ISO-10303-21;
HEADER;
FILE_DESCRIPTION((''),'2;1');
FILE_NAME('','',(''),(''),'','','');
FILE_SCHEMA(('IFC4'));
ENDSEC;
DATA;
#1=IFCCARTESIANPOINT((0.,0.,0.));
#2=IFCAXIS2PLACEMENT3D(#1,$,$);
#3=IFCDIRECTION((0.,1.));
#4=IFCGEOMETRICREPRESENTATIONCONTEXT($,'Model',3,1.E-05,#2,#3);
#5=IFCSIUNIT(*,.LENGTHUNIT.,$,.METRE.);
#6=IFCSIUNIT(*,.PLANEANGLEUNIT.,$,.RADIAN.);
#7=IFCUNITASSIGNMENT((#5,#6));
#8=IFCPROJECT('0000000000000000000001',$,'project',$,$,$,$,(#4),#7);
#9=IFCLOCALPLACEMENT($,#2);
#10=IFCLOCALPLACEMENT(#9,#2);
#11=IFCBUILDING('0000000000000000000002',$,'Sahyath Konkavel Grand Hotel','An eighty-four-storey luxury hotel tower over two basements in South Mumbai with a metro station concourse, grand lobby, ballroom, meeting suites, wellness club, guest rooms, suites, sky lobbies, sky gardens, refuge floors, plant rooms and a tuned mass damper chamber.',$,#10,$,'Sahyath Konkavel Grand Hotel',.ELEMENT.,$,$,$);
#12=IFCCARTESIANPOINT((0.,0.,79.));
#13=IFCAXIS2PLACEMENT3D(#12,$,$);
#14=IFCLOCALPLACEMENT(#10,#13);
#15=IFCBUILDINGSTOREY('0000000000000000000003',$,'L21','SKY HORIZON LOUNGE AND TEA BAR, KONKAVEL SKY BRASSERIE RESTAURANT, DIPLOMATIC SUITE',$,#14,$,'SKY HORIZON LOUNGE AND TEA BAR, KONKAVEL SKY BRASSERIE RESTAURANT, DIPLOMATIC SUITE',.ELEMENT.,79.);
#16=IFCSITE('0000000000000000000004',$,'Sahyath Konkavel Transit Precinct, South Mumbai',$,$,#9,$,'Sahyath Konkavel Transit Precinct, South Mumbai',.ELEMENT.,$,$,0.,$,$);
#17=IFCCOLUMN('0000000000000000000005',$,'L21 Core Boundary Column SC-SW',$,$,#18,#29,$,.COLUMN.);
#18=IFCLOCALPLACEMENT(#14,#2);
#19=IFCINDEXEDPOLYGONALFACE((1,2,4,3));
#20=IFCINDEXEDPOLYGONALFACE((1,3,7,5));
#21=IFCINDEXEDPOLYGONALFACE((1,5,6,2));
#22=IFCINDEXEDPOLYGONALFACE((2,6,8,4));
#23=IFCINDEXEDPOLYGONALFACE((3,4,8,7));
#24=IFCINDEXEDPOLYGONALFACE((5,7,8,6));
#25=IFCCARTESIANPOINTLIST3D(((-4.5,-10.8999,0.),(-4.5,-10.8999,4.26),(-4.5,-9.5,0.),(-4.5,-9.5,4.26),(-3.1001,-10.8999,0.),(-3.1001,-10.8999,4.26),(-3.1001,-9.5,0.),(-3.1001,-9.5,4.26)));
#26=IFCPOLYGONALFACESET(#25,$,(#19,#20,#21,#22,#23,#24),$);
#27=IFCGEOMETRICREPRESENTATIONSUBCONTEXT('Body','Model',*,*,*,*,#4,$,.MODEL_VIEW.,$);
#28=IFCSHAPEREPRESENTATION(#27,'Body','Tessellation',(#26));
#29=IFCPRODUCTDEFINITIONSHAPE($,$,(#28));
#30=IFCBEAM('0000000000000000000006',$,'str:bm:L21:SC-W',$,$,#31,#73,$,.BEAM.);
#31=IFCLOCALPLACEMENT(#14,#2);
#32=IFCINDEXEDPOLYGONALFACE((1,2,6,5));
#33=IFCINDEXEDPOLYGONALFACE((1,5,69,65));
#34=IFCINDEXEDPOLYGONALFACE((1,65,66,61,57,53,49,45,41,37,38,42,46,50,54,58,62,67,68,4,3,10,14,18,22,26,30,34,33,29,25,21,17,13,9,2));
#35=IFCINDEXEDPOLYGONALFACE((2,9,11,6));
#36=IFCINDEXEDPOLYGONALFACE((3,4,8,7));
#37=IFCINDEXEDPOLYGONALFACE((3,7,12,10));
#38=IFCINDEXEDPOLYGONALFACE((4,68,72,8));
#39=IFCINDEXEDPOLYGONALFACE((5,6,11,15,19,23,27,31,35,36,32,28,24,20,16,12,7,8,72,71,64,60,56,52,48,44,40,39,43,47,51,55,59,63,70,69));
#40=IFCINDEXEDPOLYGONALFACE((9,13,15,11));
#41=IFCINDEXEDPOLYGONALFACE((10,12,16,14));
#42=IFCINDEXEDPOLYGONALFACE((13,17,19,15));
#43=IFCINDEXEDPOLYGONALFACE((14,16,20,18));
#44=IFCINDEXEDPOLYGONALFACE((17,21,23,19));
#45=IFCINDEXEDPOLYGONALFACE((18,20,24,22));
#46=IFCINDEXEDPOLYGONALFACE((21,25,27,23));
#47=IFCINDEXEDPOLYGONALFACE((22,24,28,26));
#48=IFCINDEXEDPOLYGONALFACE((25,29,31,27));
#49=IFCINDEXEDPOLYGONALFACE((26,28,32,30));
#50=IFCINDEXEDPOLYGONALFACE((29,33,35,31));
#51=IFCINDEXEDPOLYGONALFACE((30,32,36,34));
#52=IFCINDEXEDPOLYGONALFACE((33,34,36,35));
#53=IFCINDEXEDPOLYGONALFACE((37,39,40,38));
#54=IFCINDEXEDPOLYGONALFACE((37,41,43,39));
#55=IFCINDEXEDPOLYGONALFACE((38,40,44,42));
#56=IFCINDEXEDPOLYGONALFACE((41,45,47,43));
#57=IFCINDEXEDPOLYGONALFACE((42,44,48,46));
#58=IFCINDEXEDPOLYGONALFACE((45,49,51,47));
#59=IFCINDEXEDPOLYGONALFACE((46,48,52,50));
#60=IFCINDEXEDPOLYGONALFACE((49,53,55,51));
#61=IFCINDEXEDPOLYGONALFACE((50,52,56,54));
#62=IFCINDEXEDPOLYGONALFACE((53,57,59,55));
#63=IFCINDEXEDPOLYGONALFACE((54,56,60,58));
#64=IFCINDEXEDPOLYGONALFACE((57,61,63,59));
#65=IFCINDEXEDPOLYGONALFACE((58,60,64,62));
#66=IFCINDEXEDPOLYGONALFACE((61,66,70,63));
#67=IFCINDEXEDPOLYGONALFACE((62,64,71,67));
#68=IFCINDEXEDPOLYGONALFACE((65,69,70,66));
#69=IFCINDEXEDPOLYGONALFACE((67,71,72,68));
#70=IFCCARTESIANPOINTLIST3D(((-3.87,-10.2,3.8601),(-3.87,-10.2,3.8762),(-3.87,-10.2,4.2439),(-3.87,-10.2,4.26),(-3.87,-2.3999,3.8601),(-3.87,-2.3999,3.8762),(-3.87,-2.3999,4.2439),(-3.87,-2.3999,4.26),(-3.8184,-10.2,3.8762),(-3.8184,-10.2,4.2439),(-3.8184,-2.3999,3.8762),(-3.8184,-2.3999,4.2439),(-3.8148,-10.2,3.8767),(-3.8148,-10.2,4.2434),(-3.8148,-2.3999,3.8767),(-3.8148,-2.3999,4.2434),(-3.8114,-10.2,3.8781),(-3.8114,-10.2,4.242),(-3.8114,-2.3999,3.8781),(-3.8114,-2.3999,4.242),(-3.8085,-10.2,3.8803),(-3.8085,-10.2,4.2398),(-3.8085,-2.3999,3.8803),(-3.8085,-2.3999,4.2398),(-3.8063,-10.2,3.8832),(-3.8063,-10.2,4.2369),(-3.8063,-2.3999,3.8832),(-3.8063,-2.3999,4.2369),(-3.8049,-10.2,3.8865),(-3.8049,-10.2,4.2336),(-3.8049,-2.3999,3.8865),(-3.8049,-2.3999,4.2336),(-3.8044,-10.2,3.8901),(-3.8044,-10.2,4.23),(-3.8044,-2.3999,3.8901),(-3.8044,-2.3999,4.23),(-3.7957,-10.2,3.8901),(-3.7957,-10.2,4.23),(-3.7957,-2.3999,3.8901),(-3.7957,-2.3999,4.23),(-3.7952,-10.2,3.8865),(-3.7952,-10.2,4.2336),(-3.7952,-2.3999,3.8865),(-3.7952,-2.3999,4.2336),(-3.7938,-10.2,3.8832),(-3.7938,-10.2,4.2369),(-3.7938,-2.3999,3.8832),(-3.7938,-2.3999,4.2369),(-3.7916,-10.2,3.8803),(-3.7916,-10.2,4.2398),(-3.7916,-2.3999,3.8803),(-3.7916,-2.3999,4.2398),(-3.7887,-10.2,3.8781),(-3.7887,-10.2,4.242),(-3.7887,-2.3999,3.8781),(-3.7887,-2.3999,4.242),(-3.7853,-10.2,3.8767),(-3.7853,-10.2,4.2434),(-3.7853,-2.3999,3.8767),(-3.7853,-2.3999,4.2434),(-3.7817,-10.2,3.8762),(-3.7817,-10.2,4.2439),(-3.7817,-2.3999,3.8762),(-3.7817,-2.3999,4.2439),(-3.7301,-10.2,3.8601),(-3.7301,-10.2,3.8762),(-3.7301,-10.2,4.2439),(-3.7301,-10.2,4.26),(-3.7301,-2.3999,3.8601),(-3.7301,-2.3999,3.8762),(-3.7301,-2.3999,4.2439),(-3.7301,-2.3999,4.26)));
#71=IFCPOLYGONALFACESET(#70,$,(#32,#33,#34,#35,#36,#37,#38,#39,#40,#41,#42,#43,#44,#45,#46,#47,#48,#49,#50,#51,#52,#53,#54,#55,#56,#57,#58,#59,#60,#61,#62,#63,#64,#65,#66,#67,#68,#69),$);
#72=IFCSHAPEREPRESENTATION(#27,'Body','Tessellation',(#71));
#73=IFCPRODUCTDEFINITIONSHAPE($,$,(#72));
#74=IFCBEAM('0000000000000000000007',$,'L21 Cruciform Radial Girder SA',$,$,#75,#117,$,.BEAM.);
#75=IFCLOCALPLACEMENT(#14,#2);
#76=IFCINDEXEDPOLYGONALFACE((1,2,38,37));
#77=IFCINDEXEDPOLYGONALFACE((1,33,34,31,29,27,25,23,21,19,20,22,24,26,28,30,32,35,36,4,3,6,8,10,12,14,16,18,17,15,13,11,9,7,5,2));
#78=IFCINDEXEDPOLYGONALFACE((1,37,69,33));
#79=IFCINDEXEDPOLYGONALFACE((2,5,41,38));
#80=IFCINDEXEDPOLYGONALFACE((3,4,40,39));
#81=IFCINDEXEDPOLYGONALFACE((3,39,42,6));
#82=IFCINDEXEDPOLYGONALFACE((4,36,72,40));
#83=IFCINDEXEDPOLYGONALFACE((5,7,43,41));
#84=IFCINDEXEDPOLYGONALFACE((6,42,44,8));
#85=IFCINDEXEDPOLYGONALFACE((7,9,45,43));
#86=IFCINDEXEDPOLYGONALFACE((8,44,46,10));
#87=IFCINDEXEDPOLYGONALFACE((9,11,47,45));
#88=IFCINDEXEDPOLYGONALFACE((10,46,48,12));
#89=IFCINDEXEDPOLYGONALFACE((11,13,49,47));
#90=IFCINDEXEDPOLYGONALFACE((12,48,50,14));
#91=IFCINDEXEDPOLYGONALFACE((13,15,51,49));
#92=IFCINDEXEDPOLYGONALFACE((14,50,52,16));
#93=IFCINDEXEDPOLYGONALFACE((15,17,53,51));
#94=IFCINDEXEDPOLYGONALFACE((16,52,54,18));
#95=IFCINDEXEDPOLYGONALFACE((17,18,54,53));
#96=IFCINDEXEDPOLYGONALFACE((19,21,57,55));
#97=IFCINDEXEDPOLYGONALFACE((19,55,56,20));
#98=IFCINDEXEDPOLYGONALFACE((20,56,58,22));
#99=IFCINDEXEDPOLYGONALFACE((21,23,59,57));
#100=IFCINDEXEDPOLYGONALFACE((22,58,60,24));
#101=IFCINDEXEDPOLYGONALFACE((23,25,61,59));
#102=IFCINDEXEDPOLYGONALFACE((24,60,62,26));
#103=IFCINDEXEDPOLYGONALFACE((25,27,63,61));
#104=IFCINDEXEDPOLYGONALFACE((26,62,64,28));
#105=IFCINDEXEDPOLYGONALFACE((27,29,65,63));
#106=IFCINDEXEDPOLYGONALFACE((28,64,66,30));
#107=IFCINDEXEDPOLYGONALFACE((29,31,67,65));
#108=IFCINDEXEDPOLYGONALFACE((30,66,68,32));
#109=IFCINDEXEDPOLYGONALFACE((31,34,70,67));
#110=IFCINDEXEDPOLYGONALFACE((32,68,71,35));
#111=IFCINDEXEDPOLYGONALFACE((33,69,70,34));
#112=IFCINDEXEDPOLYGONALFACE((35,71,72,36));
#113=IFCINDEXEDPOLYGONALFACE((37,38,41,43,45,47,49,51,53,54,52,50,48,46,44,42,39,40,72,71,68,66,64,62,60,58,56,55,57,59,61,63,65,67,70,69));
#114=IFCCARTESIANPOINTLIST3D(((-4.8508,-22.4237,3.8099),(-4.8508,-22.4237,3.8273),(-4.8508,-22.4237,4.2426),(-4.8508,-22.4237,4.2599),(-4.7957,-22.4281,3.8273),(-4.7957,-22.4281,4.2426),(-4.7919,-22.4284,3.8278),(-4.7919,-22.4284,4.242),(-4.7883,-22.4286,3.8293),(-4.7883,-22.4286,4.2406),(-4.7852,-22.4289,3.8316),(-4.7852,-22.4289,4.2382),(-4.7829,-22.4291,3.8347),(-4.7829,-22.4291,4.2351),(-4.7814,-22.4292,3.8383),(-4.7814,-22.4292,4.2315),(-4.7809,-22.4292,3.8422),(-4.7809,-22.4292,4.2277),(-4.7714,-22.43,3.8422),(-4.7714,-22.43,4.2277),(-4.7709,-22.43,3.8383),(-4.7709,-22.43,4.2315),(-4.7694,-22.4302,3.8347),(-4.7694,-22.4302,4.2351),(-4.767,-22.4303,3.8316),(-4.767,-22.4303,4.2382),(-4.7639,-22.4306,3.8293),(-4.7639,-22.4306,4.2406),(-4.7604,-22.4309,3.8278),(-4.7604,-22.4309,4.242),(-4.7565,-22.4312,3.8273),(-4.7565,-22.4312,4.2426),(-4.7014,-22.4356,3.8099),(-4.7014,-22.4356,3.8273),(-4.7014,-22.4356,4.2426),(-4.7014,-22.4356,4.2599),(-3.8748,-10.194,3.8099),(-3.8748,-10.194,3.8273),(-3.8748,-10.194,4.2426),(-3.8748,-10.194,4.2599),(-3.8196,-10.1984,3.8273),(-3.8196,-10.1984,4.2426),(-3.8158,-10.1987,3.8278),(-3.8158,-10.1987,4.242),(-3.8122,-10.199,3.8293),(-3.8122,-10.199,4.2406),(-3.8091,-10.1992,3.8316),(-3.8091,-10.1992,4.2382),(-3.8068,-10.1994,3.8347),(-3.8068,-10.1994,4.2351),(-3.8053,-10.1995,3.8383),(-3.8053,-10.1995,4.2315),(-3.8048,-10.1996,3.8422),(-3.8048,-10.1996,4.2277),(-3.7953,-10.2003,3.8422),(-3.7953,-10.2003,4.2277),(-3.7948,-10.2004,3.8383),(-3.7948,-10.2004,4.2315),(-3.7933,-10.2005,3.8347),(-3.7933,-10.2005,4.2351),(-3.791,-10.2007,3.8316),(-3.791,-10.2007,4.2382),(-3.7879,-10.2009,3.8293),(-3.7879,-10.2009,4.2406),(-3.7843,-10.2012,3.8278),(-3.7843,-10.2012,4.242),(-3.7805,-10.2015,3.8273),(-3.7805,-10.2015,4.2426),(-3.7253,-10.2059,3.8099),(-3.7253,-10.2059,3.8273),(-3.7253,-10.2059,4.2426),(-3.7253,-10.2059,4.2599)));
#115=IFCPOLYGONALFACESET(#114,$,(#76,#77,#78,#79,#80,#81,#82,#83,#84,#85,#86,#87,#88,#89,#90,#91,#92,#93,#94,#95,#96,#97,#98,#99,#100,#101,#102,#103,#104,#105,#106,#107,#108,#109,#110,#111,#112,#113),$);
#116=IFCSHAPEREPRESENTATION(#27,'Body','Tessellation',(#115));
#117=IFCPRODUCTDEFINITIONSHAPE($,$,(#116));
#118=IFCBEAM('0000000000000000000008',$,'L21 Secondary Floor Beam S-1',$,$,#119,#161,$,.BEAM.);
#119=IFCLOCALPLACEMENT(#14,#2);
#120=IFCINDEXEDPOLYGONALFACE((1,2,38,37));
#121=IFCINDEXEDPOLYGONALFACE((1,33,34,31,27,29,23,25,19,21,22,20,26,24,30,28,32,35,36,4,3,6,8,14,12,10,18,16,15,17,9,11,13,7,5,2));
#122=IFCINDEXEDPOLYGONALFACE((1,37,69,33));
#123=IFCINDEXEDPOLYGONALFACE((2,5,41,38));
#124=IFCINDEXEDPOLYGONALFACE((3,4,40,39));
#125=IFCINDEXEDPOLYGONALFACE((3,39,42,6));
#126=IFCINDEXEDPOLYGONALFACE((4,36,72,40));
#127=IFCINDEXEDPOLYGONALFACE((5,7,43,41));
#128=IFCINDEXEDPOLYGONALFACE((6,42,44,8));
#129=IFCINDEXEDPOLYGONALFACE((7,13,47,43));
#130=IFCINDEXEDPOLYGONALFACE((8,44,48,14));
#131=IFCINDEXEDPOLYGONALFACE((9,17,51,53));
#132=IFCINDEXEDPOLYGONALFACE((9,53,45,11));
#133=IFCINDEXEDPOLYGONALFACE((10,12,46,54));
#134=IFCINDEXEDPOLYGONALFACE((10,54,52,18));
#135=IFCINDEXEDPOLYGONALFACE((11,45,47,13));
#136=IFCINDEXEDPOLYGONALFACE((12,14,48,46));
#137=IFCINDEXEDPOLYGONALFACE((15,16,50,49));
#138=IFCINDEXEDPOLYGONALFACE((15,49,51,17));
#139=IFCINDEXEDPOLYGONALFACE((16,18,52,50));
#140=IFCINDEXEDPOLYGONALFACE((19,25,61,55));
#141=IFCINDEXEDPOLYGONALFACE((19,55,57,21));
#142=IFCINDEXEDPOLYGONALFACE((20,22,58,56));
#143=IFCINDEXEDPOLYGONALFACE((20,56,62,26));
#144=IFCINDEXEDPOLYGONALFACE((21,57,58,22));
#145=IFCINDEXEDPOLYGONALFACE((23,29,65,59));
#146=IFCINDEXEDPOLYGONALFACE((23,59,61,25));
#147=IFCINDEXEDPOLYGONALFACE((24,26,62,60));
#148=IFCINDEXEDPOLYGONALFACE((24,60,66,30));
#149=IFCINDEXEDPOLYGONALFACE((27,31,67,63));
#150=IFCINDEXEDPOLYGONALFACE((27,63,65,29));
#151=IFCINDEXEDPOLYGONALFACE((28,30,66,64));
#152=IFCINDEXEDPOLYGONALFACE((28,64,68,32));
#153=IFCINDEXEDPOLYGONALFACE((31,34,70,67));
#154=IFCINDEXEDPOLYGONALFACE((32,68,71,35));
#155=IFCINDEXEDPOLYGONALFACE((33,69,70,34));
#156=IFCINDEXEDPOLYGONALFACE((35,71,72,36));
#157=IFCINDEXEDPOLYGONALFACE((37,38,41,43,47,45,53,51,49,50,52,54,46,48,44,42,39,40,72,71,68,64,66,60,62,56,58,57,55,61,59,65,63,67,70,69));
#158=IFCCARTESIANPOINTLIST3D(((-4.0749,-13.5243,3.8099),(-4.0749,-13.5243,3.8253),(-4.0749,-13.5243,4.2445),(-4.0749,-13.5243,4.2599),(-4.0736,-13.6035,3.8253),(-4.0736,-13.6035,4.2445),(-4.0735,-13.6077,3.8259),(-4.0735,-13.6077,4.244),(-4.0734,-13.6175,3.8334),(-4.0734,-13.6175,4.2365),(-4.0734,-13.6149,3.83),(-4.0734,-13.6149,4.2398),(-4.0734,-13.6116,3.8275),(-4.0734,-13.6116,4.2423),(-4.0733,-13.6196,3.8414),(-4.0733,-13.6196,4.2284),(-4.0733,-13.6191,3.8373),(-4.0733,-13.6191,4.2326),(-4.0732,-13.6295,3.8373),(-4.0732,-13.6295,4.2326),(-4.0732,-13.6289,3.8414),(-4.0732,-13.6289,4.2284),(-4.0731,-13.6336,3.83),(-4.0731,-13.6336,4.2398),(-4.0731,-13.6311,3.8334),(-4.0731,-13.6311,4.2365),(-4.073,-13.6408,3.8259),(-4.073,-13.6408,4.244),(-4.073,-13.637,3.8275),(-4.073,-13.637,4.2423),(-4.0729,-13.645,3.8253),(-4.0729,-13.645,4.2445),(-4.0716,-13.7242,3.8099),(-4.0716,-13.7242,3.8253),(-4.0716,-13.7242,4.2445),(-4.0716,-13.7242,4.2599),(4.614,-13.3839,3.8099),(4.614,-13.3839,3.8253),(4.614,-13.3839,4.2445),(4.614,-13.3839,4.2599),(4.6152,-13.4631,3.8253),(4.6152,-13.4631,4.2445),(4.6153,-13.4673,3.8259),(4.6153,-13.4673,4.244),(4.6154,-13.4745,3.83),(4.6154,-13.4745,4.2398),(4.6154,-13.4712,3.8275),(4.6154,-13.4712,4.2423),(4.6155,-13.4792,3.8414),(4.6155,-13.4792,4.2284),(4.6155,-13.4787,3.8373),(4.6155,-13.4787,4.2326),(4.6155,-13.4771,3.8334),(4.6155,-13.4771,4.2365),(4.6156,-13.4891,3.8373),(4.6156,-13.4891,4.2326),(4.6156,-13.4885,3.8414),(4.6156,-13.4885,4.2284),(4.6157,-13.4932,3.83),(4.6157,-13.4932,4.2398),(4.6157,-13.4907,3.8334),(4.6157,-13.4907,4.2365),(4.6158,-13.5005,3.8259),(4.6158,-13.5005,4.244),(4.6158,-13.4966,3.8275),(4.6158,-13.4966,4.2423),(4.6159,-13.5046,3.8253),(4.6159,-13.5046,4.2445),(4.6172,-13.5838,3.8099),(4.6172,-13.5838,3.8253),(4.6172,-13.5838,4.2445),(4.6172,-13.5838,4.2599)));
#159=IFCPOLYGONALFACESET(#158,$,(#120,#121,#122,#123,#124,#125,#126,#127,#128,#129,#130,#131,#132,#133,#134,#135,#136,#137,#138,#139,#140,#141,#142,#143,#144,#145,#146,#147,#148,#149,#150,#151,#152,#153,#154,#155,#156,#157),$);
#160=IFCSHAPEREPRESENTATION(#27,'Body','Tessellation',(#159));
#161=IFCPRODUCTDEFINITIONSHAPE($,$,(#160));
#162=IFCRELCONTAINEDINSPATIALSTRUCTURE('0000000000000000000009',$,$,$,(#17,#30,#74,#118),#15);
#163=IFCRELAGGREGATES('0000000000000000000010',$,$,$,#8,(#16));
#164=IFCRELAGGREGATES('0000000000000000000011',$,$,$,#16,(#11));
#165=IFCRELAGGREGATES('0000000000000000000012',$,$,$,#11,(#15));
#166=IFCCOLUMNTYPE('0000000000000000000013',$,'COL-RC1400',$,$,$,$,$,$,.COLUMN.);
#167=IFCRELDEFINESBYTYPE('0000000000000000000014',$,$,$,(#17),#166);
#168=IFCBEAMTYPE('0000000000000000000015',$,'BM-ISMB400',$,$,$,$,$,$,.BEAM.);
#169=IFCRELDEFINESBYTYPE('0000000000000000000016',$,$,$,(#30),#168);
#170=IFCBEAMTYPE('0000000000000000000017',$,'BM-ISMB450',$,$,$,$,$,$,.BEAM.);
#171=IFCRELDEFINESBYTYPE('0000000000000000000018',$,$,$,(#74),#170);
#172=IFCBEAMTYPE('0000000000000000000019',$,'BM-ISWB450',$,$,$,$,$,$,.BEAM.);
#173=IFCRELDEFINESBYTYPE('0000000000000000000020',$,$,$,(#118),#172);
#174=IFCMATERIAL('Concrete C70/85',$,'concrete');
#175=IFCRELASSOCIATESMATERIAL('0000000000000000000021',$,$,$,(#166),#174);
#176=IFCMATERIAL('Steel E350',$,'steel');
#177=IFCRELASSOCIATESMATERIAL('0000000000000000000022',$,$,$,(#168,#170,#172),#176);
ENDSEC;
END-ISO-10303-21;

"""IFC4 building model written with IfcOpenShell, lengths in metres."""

from ifc_helpers import new_model, si_unit, direction, frame, origin, origin_2d, place, context, subcontext, project, spatial, rectangle, i_section, extrude, source, transform, mapped, material, material_profile, profile_set, type_object, element, save


model = new_model("IFC4")

# Units and contexts
model_context = context("Model", 3, precision=1e-05, world=origin(), true_north=direction((0.0, 1.0)))
body_context = subcontext(model_context, "Body", "Model", "MODEL_VIEW")
ifc_project = project(units=[si_unit("LENGTHUNIT", "METRE"), si_unit("PLANEANGLEUNIT", "RADIAN")], contexts=[model_context])

# Site, building, storey
site_placement = place(None, origin())
site = spatial("IfcSite", under=ifc_project, at=site_placement, Name="Sahyath Konkavel Transit Precinct, South Mumbai", LongName="Sahyath Konkavel Transit Precinct, South Mumbai", CompositionType="ELEMENT", RefElevation=0.0)
building_placement = place(site_placement, origin())
building = spatial("IfcBuilding", under=site, at=building_placement, Name="Sahyath Konkavel Grand Hotel", Description="An eighty-four-storey luxury hotel tower over two basements in South Mumbai with a metro station concourse, grand lobby, ballroom, meeting suites, wellness club, guest rooms, suites, sky lobbies, sky gardens, refuge floors, plant rooms and a tuned mass damper chamber.", LongName="Sahyath Konkavel Grand Hotel", CompositionType="ELEMENT")
storey_placement = place(building_placement, frame((0.0, 0.0, 79.0)))
storey = spatial("IfcBuildingStorey", under=building, at=storey_placement, Name="L21", Description="SKY HORIZON LOUNGE AND TEA BAR, KONKAVEL SKY BRASSERIE RESTAURANT, DIPLOMATIC SUITE", LongName="SKY HORIZON LOUNGE AND TEA BAR, KONKAVEL SKY BRASSERIE RESTAURANT, DIPLOMATIC SUITE", CompositionType="ELEMENT", Elevation=79.0)

# Column
ifc_material_1 = material(Name="Concrete C70/85", Category="concrete")
ifc_material_profile_1 = material_profile(ifc_material_1, rectangle(XDim=1.3999, YDim=1.3999, at=origin_2d()), Name="RC 1400x1400")
ifc_profile_set_1 = profile_set([ifc_material_profile_1], Name="Concrete C70/85")
column_type = type_object("IfcColumnType", Name="COL-RC1400", PredefinedType="COLUMN", material=ifc_profile_set_1)
shared_shape_1 = source(origin(), body_context, "Body", "SweptSolid", [
    extrude(rectangle(XDim=1.3999, YDim=1.3999, at=origin_2d()), origin(), (0.0, 0.0, 1.0), 4.26),
])
column_placement = place(storey_placement, frame((-3.8, -10.2, 0.0), z_axis=(0.0, 0.0, 1.0), x_axis=(1.0, 0.0, 0.0)))
element("IfcColumn", 1, at=column_placement, inside=storey, type_object=column_type, Name="L21 Core Boundary Column SC-SW", PredefinedType="COLUMN", context=body_context, shape_type="MappedRepresentation", body=[
    mapped(shared_shape_1, transform((0.0, 0.0, 0.0), scale=1.0)),
])

# Beams
ifc_material_2 = material(Name="Steel E350", Category="steel")
ifc_material_profile_2 = material_profile(ifc_material_2, i_section(OverallWidth=0.1399, OverallDepth=0.3999, WebThickness=0.0088, FlangeThickness=0.0161, FilletRadius=0.0139, at=origin_2d()), Name="ISMB 400")
ifc_profile_set_2 = profile_set([ifc_material_profile_2], Name="Steel E350")
beam_type_1 = type_object("IfcBeamType", Name="BM-ISMB400", PredefinedType="BEAM", material=ifc_profile_set_2)
shared_shape_2 = source(origin(), body_context, "Body", "SweptSolid", [
    extrude(i_section(OverallWidth=0.1399, OverallDepth=0.3999, WebThickness=0.0088, FlangeThickness=0.0161, FilletRadius=0.0139, at=origin_2d()), origin(), (0.0, 0.0, 1.0), 7.8),
])
beam_1_placement = place(storey_placement, frame((-3.8, -10.2, 4.0601), z_axis=(0.0, 1.0, 0.0), x_axis=(-1.0, 0.0, 0.0)))
element("IfcBeam", 2, at=beam_1_placement, inside=storey, type_object=beam_type_1, Name="str:bm:L21:SC-W", PredefinedType="BEAM", context=body_context, shape_type="MappedRepresentation", body=[
    mapped(shared_shape_2, transform((0.0, 0.0, 0.0), scale=1.0)),
])
ifc_material_profile_3 = material_profile(ifc_material_2, i_section(OverallWidth=0.1499, OverallDepth=0.45, WebThickness=0.0095, FlangeThickness=0.0173, FilletRadius=0.0149, at=origin_2d()), Name="ISMB 450")
ifc_profile_set_3 = profile_set([ifc_material_profile_3], Name="Steel E350")
beam_type_2 = type_object("IfcBeamType", Name="BM-ISMB450", PredefinedType="BEAM", material=ifc_profile_set_3)
shared_shape_3 = source(origin(), body_context, "Body", "SweptSolid", [
    extrude(i_section(OverallWidth=0.1499, OverallDepth=0.45, WebThickness=0.0095, FlangeThickness=0.0173, FilletRadius=0.0149, at=origin_2d()), origin(), (0.0, 0.0, 1.0), 12.2686),
])
beam_2_placement = place(storey_placement, frame((-3.8, -10.2, 4.0349), z_axis=(-0.079559, -0.99683, 0.0), x_axis=(0.99683, -0.079559, 0.0)))
element("IfcBeam", 3, at=beam_2_placement, inside=storey, type_object=beam_type_2, Name="L21 Cruciform Radial Girder SA", PredefinedType="BEAM", context=body_context, shape_type="MappedRepresentation", body=[
    mapped(shared_shape_3, transform((0.0, 0.0, 0.0), scale=1.0)),
])
ifc_material_profile_4 = material_profile(ifc_material_2, i_section(OverallWidth=0.2, OverallDepth=0.45, WebThickness=0.0093, FlangeThickness=0.0154, FilletRadius=0.0161, at=origin_2d()), Name="ISWB 450")
ifc_profile_set_4 = profile_set([ifc_material_profile_4], Name="Steel E350")
beam_type_3 = type_object("IfcBeamType", Name="BM-ISWB450", PredefinedType="BEAM", material=ifc_profile_set_4)
shared_shape_4 = source(origin(), body_context, "Body", "SweptSolid", [
    extrude(i_section(OverallWidth=0.2, OverallDepth=0.45, WebThickness=0.0093, FlangeThickness=0.0154, FilletRadius=0.0161, at=origin_2d()), origin(), (0.0, 0.0, 1.0), 8.6899),
])
beam_3_placement = place(storey_placement, frame((-4.0732, -13.6243, 4.0349), z_axis=(0.99987, 0.016155, 0.0), x_axis=(-0.016155, 0.99987, 0.0)))
element("IfcBeam", 4, at=beam_3_placement, inside=storey, type_object=beam_type_3, Name="L21 Secondary Floor Beam S-1", PredefinedType="BEAM", context=body_context, shape_type="MappedRepresentation", body=[
    mapped(shared_shape_4, transform((0.0, 0.0, 0.0), scale=1.0)),
])

save(model, "model.ifc")
